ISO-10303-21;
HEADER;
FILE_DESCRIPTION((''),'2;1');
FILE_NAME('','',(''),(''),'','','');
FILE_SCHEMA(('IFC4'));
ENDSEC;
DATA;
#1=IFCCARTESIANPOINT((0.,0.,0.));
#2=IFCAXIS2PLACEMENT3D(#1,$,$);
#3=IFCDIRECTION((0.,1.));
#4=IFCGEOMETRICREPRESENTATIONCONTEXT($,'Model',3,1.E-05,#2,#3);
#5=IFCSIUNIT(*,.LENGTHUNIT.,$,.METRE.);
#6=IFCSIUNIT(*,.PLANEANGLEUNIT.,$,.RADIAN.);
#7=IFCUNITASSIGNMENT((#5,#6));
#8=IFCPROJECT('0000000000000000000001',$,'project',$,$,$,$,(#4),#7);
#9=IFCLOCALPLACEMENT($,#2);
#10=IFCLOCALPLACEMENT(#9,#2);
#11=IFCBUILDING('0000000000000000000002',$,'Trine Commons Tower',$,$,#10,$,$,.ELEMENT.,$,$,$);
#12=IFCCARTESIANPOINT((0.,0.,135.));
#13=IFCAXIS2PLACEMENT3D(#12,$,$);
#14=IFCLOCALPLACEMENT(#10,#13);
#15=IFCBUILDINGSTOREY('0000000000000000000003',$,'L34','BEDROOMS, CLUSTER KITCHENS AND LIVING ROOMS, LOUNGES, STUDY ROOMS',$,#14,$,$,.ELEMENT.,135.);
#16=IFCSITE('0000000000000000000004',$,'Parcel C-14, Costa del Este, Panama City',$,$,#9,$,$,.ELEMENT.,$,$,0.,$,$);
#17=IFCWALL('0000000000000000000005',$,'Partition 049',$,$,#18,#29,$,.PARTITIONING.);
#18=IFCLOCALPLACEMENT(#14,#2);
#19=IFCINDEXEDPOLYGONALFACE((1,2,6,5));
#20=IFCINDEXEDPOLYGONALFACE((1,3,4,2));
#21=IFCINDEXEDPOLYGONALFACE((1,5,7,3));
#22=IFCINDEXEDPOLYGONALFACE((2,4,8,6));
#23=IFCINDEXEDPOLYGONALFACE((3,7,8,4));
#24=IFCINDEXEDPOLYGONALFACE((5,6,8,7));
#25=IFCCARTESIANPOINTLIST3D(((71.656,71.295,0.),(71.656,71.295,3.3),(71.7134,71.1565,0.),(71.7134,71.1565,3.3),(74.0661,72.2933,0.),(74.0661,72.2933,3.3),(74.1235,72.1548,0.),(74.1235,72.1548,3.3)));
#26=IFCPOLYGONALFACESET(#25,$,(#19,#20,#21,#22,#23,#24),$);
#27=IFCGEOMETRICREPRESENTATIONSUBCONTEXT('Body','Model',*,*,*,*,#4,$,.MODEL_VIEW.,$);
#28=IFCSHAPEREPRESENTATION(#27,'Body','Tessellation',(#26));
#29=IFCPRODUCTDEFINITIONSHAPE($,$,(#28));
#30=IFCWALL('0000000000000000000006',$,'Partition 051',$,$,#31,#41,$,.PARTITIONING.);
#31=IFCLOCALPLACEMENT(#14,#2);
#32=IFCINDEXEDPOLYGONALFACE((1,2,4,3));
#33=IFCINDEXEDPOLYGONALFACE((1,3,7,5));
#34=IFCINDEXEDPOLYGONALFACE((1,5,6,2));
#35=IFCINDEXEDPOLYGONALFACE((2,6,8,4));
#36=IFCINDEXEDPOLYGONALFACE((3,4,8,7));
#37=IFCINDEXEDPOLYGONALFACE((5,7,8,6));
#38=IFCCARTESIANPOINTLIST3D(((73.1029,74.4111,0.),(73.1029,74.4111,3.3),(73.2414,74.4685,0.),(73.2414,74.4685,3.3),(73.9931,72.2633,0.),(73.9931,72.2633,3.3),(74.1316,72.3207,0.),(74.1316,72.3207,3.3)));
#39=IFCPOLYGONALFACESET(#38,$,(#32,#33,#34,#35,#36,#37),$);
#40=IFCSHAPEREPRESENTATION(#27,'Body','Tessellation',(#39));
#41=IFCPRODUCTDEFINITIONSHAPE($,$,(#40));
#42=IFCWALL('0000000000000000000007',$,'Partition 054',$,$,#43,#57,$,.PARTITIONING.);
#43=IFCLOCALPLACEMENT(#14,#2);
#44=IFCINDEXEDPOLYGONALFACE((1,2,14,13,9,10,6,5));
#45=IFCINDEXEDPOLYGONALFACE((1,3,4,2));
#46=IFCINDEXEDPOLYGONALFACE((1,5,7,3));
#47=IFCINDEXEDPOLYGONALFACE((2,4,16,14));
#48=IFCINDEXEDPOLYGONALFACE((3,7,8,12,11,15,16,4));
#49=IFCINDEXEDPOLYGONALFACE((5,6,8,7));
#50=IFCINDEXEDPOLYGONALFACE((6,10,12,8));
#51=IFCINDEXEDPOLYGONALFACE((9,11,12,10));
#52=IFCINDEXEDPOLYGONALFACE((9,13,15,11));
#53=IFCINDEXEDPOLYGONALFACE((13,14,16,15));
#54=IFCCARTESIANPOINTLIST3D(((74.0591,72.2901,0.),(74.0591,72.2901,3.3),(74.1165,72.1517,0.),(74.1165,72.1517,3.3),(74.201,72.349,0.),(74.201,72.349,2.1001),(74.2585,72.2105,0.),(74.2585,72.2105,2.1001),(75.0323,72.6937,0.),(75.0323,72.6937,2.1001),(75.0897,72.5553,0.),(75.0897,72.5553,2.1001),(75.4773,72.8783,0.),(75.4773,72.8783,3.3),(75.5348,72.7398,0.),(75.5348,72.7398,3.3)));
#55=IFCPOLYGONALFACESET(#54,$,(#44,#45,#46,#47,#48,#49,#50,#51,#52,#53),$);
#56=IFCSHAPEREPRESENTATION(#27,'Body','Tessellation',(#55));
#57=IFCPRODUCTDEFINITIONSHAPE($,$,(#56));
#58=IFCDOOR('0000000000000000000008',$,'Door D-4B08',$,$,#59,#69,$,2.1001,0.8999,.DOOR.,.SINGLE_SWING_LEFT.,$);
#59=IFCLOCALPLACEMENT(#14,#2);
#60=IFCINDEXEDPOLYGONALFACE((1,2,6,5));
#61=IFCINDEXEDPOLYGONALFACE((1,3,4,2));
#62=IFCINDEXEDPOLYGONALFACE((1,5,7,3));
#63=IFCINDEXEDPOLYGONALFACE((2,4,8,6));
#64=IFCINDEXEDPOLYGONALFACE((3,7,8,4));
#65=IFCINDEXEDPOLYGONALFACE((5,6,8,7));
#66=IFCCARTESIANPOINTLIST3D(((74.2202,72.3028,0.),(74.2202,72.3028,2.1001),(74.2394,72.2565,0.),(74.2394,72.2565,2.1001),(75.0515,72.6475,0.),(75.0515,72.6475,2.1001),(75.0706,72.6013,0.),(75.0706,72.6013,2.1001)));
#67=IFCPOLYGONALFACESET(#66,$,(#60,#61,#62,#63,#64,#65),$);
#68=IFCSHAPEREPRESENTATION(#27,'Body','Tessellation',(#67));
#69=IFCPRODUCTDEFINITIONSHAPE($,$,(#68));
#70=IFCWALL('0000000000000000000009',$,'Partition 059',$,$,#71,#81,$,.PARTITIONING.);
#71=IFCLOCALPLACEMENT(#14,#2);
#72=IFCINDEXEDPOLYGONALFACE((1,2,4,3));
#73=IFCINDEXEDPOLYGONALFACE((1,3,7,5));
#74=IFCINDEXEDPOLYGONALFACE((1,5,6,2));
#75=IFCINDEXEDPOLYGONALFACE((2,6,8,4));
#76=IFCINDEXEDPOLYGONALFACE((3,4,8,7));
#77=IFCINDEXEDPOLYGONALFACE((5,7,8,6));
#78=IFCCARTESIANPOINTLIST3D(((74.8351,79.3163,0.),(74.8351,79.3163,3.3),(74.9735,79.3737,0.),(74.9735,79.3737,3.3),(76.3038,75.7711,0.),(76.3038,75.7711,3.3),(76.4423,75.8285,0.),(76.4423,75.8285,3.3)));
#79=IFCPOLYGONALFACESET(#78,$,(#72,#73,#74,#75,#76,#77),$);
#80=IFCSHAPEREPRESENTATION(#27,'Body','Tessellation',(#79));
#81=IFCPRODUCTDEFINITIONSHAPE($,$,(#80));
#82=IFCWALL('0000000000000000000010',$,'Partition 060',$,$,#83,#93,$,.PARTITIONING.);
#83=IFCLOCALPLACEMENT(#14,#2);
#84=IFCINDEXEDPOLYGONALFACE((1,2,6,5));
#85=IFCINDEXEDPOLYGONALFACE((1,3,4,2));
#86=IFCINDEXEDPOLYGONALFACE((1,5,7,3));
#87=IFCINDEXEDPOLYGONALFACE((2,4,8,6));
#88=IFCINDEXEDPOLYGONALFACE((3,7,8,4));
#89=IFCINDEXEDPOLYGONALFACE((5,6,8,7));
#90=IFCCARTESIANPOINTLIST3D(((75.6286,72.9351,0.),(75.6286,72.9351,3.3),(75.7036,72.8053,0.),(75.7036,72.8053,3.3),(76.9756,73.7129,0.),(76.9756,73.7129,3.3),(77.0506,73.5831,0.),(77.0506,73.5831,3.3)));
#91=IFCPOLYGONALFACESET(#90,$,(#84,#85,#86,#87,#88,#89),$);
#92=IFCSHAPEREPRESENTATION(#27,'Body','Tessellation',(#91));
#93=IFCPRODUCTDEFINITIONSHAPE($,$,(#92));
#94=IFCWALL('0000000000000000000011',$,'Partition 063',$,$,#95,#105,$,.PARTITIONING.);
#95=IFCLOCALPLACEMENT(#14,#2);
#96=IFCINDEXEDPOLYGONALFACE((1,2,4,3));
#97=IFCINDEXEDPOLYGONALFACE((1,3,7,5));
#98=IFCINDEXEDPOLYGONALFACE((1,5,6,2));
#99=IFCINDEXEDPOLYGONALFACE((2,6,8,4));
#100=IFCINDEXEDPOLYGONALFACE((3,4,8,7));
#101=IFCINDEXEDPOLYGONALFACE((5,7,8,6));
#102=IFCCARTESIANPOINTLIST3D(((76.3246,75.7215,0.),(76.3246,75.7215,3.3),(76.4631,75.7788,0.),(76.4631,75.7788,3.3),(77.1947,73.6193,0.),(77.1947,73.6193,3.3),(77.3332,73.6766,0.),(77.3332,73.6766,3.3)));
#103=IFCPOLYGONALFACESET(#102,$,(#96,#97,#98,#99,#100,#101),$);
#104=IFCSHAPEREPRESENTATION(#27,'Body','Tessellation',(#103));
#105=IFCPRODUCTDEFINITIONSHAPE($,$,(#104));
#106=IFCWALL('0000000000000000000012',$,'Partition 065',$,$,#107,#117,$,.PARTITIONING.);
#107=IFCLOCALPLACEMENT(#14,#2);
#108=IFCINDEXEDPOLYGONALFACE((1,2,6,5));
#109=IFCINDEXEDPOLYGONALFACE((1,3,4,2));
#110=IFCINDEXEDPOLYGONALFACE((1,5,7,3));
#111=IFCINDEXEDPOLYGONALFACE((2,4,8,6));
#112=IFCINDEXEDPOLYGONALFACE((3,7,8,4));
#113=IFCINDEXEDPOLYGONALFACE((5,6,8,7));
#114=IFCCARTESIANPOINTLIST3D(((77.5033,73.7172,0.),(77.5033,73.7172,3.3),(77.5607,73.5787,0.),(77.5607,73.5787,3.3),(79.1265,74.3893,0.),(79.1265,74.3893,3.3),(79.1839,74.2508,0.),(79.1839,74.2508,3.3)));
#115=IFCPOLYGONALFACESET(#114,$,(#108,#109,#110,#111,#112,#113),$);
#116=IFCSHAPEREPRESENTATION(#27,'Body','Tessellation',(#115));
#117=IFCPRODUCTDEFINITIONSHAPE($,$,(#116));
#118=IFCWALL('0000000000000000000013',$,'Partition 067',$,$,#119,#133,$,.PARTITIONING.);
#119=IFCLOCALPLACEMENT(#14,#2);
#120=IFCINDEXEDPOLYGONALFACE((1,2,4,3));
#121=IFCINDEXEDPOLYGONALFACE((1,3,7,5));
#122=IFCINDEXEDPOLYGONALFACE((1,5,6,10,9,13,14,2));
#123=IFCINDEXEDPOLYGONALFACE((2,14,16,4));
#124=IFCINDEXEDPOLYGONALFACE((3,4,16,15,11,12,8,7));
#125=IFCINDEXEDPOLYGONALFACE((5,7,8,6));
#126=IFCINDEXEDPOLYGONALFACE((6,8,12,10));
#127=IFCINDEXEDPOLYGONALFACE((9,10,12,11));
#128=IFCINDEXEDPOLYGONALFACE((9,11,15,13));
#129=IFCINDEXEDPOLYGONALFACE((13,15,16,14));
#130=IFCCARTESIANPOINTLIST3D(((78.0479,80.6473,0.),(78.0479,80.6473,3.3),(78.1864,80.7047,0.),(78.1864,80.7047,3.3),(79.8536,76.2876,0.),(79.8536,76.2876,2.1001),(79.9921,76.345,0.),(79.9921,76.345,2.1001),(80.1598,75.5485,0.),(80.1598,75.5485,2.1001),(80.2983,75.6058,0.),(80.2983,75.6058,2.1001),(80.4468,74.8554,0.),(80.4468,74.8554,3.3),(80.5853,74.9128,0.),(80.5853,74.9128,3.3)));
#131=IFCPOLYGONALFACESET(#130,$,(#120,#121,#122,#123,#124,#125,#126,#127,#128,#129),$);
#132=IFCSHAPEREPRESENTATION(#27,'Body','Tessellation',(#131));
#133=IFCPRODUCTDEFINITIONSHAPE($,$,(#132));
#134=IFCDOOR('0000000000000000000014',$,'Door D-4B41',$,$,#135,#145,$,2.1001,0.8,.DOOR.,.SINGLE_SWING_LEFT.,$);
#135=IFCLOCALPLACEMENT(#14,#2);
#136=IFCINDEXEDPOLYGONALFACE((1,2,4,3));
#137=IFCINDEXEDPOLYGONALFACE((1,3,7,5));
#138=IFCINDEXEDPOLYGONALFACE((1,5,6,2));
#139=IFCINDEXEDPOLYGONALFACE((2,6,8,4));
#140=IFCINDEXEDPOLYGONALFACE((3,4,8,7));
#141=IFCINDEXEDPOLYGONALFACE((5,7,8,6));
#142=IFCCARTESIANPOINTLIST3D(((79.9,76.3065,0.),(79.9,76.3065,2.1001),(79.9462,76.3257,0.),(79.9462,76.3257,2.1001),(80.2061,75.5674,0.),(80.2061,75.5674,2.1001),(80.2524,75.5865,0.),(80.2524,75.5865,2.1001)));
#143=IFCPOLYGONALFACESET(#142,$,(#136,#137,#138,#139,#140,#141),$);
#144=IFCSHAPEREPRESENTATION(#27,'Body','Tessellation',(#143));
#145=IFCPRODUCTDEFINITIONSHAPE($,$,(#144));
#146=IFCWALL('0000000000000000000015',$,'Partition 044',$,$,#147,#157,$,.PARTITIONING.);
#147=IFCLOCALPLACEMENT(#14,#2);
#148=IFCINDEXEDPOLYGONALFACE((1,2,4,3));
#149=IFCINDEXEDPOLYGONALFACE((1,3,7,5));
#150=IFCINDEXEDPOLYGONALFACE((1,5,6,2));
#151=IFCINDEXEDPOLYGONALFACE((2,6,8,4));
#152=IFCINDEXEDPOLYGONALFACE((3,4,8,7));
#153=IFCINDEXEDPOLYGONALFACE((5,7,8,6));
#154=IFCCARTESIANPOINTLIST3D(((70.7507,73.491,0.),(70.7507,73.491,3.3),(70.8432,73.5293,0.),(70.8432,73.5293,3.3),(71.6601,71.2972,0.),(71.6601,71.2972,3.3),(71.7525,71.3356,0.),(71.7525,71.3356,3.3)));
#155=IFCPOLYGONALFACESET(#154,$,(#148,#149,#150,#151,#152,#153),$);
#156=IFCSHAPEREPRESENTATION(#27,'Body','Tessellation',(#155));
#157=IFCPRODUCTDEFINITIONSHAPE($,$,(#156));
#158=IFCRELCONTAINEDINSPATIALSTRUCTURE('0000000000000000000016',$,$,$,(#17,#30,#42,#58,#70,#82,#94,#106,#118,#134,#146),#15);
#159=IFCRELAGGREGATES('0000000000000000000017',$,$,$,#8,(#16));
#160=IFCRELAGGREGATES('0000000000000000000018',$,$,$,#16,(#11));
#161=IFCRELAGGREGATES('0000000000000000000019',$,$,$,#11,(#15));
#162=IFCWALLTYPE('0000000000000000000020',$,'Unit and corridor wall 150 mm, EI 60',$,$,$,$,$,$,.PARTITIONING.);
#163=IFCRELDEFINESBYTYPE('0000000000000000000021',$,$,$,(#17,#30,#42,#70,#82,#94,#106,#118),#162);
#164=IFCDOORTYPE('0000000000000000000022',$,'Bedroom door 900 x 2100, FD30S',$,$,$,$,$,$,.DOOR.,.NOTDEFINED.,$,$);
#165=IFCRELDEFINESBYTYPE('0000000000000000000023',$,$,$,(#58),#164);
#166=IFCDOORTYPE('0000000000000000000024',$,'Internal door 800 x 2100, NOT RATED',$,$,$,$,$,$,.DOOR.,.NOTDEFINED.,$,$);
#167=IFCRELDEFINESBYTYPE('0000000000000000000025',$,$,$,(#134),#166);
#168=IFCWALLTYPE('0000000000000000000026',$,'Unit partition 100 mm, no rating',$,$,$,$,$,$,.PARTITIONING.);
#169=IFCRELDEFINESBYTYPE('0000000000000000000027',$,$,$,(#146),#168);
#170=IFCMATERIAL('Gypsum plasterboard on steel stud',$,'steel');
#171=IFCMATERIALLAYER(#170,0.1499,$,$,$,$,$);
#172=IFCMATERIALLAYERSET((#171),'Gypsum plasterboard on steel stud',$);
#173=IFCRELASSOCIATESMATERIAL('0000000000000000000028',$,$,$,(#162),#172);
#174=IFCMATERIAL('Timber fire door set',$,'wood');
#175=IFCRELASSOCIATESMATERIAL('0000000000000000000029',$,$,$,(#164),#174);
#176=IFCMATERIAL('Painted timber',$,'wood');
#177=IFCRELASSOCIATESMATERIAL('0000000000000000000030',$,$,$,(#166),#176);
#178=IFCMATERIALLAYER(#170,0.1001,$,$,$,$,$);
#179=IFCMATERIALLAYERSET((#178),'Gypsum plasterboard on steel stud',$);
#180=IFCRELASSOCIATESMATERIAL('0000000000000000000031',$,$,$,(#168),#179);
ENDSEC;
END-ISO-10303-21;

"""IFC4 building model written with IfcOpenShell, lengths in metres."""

from ifc_helpers import new_model, si_unit, direction, frame, frame_2d, origin, place, context, subcontext, project, spatial, rectangle, extrude, material, layer, layer_set, type_object, element, fill, save


model = new_model("IFC4")

# Units and contexts
model_context = context("Model", 3, precision=1e-05, world=origin(), true_north=direction((0.0, 1.0)))
body_context = subcontext(model_context, "Body", "Model", "MODEL_VIEW")
ifc_project = project(units=[si_unit("LENGTHUNIT", "METRE"), si_unit("PLANEANGLEUNIT", "RADIAN")], contexts=[model_context])

# Site, building, storey
site_placement = place(None, origin())
site = spatial("IfcSite", under=ifc_project, at=site_placement, Name="Parcel C-14, Costa del Este, Panama City", CompositionType="ELEMENT", RefElevation=0.0)
building_placement = place(site_placement, origin())
building = spatial("IfcBuilding", under=site, at=building_placement, Name="Trine Commons Tower", CompositionType="ELEMENT")
storey_placement = place(building_placement, frame((0.0, 0.0, 135.0)))
storey = spatial("IfcBuildingStorey", under=building, at=storey_placement, Name="L34", Description="BEDROOMS, CLUSTER KITCHENS AND LIVING ROOMS, LOUNGES, STUDY ROOMS", CompositionType="ELEMENT", Elevation=135.0)

# Shared definitions
ifc_material_1 = material(Name="Gypsum plasterboard on steel stud", Category="steel")
ifc_layer_1 = layer(ifc_material_1, 0.1499)
ifc_layer_set_1 = layer_set([ifc_layer_1], Name="Gypsum plasterboard on steel stud")
wall_type_1 = type_object("IfcWallType", Name="Unit and corridor wall 150 mm, EI 60", PredefinedType="PARTITIONING", material=ifc_layer_set_1)
ifc_material_2 = material(Name="Timber fire door set", Category="wood")

# Walls
wall_1_placement = place(storey_placement, frame((71.6848, 71.2258, 0.0), z_axis=(0.0, 0.0, 1.0), x_axis=(0.923883, 0.382674, 0.0)))
element("IfcWall", 1, at=wall_1_placement, inside=storey, type_object=wall_type_1, Name="Partition 049", PredefinedType="PARTITIONING", context=body_context, shape_type="SweptSolid", body=[
    extrude(rectangle(XDim=2.6086, YDim=0.1499, at=frame_2d((1.3042, 0.0))), origin(), (0.0, 0.0, 1.0), 3.3),
])
wall_2_placement = place(storey_placement, frame((73.1721, 74.4399, 0.0), z_axis=(0.0, 0.0, 1.0), x_axis=(0.382877, -0.923799, 0.0)))
element("IfcWall", 2, at=wall_2_placement, inside=storey, type_object=wall_type_1, Name="Partition 051", PredefinedType="PARTITIONING", context=body_context, shape_type="SweptSolid", body=[
    extrude(rectangle(XDim=2.325, YDim=0.1499, at=frame_2d((1.1626, 0.0))), origin(), (0.0, 0.0, 1.0), 3.3),
])

# Wall, opening, door
wall_3_placement = place(storey_placement, frame((74.0879, 72.2209, 0.0), z_axis=(0.0, 0.0, 1.0), x_axis=(0.92372, 0.383068, 0.0)))
wall_3 = element("IfcWall", 3, at=wall_3_placement, inside=storey, type_object=wall_type_1, Name="Partition 054", PredefinedType="PARTITIONING", context=body_context, shape_type="SweptSolid", body=[
    extrude(rectangle(XDim=1.5354, YDim=0.1499, at=frame_2d((0.7676, 0.0))), origin(), (0.0, 0.0, 1.0), 3.3),
])
opening_1_placement = place(wall_3_placement, frame((0.1536, 0.0, 0.0)))
opening_1 = element("IfcOpeningElement", 4, at=opening_1_placement, cuts=wall_3, PredefinedType="OPENING", context=body_context, shape_type="SweptSolid", body=[
    extrude(rectangle(XDim=0.8999, YDim=2.1001, at=frame_2d((0.45, 1.05))), frame((0.0, 0.085, 0.0), z_axis=(0.0, -1.0, 0.0), x_axis=(1.0, 0.0, 0.0)), (0.0, 0.0, 1.0), 0.1699),
])
door_type_1 = type_object("IfcDoorType", Name="Bedroom door 900 x 2100, FD30S", OperationType="NOTDEFINED", PredefinedType="DOOR", material=ifc_material_2)
door_1_placement = place(opening_1_placement, origin())
door_1 = element("IfcDoor", 5, at=door_1_placement, inside=storey, type_object=door_type_1, Name="Door D-4B08", OperationType="SINGLE_SWING_LEFT", OverallHeight=2.1001, OverallWidth=0.8999, PredefinedType="DOOR", context=body_context, shape_type="SweptSolid", body=[
    extrude(rectangle(XDim=0.8999, YDim=2.1001, at=frame_2d((0.45, 1.05))), frame((0.0, 0.0249, 0.0), z_axis=(0.0, -1.0, 0.0), x_axis=(1.0, 0.0, 0.0)), (0.0, 0.0, 1.0), 0.05),
])
fill(opening_1, door_1)

# Walls
wall_4_placement = place(storey_placement, frame((74.9043, 79.345, 0.0), z_axis=(0.0, 0.0, 1.0), x_axis=(0.382749, -0.923852, 0.0)))
element("IfcWall", 6, at=wall_4_placement, inside=storey, type_object=wall_type_1, Name="Partition 059", PredefinedType="PARTITIONING", context=body_context, shape_type="SweptSolid", body=[
    extrude(rectangle(XDim=3.8374, YDim=0.1499, at=frame_2d((1.9187, 0.0))), origin(), (0.0, 0.0, 1.0), 3.3),
])
wall_5_placement = place(storey_placement, frame((75.666, 72.8701, 0.0), z_axis=(0.0, 0.0, 1.0), x_axis=(0.865974, 0.500089, 0.0)))
element("IfcWall", 7, at=wall_5_placement, inside=storey, type_object=wall_type_1, Name="Partition 060", PredefinedType="PARTITIONING", context=body_context, shape_type="SweptSolid", body=[
    extrude(rectangle(XDim=1.5554, YDim=0.1499, at=frame_2d((0.7778, 0.0))), origin(), (0.0, 0.0, 1.0), 3.3),
])
wall_6_placement = place(storey_placement, frame((76.3938, 75.7502, 0.0), z_axis=(0.0, 0.0, 1.0), x_axis=(0.382428, -0.923985, 0.0)))
element("IfcWall", 8, at=wall_6_placement, inside=storey, type_object=wall_type_1, Name="Partition 063", PredefinedType="PARTITIONING", context=body_context, shape_type="SweptSolid", body=[
    extrude(rectangle(XDim=2.2751, YDim=0.1499, at=frame_2d((1.1377, 0.0))), origin(), (0.0, 0.0, 1.0), 3.3),
])
wall_7_placement = place(storey_placement, frame((77.532, 73.6479, 0.0), z_axis=(0.0, 0.0, 1.0), x_axis=(0.923934, 0.382552, 0.0)))
element("IfcWall", 9, at=wall_7_placement, inside=storey, type_object=wall_type_1, Name="Partition 065", PredefinedType="PARTITIONING", context=body_context, shape_type="SweptSolid", body=[
    extrude(rectangle(XDim=1.7568, YDim=0.1499, at=frame_2d((0.8784, 0.0))), origin(), (0.0, 0.0, 1.0), 3.3),
])

# Wall, opening, door
wall_8_placement = place(storey_placement, frame((78.1172, 80.676, 0.0), z_axis=(0.0, 0.0, 1.0), x_axis=(0.382657, -0.923891, 0.0)))
wall_8 = element("IfcWall", 10, at=wall_8_placement, inside=storey, type_object=wall_type_1, Name="Partition 067", PredefinedType="PARTITIONING", context=body_context, shape_type="SweptSolid", body=[
    extrude(rectangle(XDim=6.269, YDim=0.1499, at=frame_2d((3.1345, 0.0))), origin(), (0.0, 0.0, 1.0), 3.3),
])
opening_2_placement = place(wall_8_placement, frame((4.719, 0.0, 0.0)))
opening_2 = element("IfcOpeningElement", 11, at=opening_2_placement, cuts=wall_8, PredefinedType="OPENING", context=body_context, shape_type="SweptSolid", body=[
    extrude(rectangle(XDim=0.8, YDim=2.1001, at=frame_2d((0.3999, 1.05))), frame((0.0, 0.085, 0.0), z_axis=(0.0, -1.0, 0.0), x_axis=(1.0, 0.0, 0.0)), (0.0, 0.0, 1.0), 0.1699),
])
ifc_material_3 = material(Name="Painted timber", Category="wood")
door_type_2 = type_object("IfcDoorType", Name="Internal door 800 x 2100, NOT RATED", OperationType="NOTDEFINED", PredefinedType="DOOR", material=ifc_material_3)
door_2_placement = place(opening_2_placement, frame((0.8, 0.0, 0.0), z_axis=(0.0, 0.0, 1.0), x_axis=(-1.0, 0.0, 0.0)))
door_2 = element("IfcDoor", 12, at=door_2_placement, inside=storey, type_object=door_type_2, Name="Door D-4B41", OperationType="SINGLE_SWING_LEFT", OverallHeight=2.1001, OverallWidth=0.8, PredefinedType="DOOR", context=body_context, shape_type="SweptSolid", body=[
    extrude(rectangle(XDim=0.8, YDim=2.1001, at=frame_2d((0.3999, 1.05))), frame((0.0, 0.0249, 0.0), z_axis=(0.0, -1.0, 0.0), x_axis=(1.0, 0.0, 0.0)), (0.0, 0.0, 1.0), 0.05),
])
fill(opening_2, door_2)

# Wall
ifc_layer_2 = layer(ifc_material_1, 0.1001)
ifc_layer_set_2 = layer_set([ifc_layer_2], Name="Gypsum plasterboard on steel stud")
wall_type_2 = type_object("IfcWallType", Name="Unit partition 100 mm, no rating", PredefinedType="PARTITIONING", material=ifc_layer_set_2)
wall_9_placement = place(storey_placement, frame((70.7969, 73.5103, 0.0), z_axis=(0.0, 0.0, 1.0), x_axis=(0.382936, -0.923775, 0.0)))
element("IfcWall", 13, at=wall_9_placement, inside=storey, type_object=wall_type_2, Name="Partition 044", PredefinedType="PARTITIONING", context=body_context, shape_type="SweptSolid", body=[
    extrude(rectangle(XDim=2.3748, YDim=0.1001, at=frame_2d((1.1875, 0.0))), origin(), (0.0, 0.0, 1.0), 3.3),
])

save(model, "model.ifc")
